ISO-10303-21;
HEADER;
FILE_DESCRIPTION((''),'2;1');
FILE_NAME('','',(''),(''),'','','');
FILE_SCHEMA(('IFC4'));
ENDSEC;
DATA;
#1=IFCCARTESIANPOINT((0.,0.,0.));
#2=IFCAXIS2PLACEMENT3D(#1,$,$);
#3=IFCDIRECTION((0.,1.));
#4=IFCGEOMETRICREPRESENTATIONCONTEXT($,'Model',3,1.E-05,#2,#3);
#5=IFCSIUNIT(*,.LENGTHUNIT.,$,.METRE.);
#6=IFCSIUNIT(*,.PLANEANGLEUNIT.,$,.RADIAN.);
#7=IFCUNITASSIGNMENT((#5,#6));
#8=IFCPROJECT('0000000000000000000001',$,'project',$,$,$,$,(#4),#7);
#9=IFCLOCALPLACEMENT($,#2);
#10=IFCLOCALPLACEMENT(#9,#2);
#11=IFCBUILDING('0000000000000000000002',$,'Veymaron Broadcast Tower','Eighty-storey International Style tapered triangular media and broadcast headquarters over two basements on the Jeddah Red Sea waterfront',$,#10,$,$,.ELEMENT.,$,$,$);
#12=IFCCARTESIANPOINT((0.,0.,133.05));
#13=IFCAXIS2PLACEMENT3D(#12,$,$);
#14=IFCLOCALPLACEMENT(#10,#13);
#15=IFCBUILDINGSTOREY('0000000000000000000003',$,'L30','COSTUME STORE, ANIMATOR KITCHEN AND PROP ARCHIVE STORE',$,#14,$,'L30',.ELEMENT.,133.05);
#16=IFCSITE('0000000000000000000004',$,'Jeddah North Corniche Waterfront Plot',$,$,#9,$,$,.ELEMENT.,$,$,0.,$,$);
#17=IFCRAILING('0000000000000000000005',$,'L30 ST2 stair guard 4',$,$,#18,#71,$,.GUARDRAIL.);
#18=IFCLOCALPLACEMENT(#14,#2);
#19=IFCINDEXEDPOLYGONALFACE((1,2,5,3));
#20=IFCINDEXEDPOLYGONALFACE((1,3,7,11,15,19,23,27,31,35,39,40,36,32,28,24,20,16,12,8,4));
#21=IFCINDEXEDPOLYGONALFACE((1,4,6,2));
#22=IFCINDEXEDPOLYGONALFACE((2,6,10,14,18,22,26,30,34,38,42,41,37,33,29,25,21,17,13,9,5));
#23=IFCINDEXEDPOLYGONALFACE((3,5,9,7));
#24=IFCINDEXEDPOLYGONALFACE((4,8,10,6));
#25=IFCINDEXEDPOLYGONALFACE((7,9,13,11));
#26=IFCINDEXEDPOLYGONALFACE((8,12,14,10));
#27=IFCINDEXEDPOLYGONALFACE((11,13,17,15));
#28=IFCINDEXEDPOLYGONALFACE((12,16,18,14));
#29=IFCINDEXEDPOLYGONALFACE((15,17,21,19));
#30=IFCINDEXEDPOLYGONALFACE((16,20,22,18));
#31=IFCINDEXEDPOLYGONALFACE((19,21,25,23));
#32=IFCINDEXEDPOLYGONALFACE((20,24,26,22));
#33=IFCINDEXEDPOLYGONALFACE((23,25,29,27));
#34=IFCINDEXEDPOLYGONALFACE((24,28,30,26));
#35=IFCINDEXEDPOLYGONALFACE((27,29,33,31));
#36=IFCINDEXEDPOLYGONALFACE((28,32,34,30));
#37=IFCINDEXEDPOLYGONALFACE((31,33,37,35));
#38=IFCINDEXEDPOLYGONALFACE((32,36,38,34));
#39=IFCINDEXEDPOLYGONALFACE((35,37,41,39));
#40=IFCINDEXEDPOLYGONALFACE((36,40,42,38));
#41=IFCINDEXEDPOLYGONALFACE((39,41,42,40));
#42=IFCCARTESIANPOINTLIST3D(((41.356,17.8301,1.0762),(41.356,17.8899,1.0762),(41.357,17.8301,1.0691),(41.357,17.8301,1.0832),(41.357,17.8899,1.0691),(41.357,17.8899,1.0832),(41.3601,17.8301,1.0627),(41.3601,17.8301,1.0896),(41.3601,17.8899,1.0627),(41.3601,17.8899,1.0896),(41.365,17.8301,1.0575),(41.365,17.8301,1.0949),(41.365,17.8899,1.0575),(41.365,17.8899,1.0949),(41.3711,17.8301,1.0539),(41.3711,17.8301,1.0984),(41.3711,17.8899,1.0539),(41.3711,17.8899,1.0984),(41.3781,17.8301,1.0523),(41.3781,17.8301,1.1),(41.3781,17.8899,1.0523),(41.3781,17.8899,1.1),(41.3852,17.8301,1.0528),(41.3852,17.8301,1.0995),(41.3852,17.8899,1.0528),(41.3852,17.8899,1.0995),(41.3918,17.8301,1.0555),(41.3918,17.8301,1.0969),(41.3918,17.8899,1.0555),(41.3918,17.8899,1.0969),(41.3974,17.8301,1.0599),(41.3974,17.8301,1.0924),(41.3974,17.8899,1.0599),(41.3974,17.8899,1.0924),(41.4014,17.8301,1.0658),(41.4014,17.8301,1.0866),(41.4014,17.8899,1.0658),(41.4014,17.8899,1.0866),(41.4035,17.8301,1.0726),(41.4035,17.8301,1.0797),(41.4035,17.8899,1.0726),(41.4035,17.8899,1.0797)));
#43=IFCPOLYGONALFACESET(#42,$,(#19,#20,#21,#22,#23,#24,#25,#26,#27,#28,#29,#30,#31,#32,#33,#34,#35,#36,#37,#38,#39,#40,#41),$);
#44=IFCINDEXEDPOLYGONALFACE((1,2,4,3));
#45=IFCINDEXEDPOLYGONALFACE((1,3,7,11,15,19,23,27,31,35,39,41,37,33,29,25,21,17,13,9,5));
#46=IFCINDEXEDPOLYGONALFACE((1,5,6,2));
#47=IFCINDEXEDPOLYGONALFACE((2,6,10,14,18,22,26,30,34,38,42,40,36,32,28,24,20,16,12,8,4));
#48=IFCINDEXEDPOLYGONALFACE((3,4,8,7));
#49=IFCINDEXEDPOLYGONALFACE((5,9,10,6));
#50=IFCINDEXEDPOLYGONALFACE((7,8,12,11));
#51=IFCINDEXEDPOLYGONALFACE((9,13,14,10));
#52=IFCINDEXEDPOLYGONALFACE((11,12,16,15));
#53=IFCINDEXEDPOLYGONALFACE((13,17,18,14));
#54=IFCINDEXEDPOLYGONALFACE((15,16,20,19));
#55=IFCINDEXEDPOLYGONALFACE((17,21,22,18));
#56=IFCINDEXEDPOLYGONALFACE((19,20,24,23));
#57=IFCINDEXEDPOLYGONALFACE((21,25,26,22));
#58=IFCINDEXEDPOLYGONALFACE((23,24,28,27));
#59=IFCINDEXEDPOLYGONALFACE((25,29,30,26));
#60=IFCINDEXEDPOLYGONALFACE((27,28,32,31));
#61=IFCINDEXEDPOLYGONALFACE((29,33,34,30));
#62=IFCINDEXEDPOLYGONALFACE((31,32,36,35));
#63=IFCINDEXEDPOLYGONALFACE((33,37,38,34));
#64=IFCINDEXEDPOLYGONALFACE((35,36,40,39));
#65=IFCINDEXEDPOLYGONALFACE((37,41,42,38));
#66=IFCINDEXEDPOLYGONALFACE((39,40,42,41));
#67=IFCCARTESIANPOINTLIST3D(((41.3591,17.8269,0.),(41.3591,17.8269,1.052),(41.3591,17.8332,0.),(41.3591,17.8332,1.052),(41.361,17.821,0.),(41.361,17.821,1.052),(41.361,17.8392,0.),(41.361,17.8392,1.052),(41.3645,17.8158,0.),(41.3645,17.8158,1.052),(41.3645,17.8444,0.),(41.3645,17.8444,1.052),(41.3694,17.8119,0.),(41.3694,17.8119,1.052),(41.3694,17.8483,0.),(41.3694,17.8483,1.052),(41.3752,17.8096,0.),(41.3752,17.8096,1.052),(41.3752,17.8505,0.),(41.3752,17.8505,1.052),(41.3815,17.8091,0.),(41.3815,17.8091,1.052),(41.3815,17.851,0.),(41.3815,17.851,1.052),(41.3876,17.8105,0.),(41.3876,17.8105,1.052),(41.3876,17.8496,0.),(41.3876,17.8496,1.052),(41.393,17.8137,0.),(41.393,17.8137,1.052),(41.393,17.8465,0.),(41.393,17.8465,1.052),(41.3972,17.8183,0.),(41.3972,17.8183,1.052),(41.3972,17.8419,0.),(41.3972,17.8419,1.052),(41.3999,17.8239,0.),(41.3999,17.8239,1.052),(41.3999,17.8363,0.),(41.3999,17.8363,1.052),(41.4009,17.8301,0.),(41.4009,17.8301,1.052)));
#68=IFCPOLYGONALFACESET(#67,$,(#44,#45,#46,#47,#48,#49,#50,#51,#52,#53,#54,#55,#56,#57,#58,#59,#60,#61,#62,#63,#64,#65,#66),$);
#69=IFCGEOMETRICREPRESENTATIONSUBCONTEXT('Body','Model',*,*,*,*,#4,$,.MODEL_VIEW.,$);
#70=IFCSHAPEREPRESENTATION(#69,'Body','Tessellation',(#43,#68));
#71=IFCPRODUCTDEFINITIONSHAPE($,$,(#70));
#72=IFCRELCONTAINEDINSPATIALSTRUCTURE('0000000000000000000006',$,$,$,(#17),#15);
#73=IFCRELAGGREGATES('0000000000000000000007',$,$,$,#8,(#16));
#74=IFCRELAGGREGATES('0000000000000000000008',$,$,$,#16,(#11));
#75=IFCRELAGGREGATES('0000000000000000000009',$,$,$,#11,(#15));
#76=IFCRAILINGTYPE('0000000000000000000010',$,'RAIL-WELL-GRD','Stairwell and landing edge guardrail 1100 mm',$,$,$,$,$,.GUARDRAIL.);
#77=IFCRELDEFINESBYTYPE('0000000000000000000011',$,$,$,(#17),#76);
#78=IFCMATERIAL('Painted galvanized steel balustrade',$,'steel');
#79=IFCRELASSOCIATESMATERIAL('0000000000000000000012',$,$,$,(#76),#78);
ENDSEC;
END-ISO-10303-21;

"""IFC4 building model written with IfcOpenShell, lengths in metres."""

from ifc_helpers import new_model, si_unit, direction, frame, origin, origin_2d, place, context, subcontext, project, spatial, circle, extrude, material, type_object, element, save


model = new_model("IFC4")

# Units and contexts
model_context = context("Model", 3, precision=1e-05, world=origin(), true_north=direction((0.0, 1.0)))
body_context = subcontext(model_context, "Body", "Model", "MODEL_VIEW")
ifc_project = project(units=[si_unit("LENGTHUNIT", "METRE"), si_unit("PLANEANGLEUNIT", "RADIAN")], contexts=[model_context])

# Site, building, storey
site_placement = place(None, origin())
site = spatial("IfcSite", under=ifc_project, at=site_placement, Name="Jeddah North Corniche Waterfront Plot", CompositionType="ELEMENT", RefElevation=0.0)
building_placement = place(site_placement, origin())
building = spatial("IfcBuilding", under=site, at=building_placement, Name="Veymaron Broadcast Tower", Description="Eighty-storey International Style tapered triangular media and broadcast headquarters over two basements on the Jeddah Red Sea waterfront", CompositionType="ELEMENT")
storey_placement = place(building_placement, frame((0.0, 0.0, 133.05)))
storey = spatial("IfcBuildingStorey", under=building, at=storey_placement, Name="L30", Description="COSTUME STORE, ANIMATOR KITCHEN AND PROP ARCHIVE STORE", LongName="L30", CompositionType="ELEMENT", Elevation=133.05)

# Railing
ifc_material_1 = material(Name="Painted galvanized steel balustrade", Category="steel")
railing_type_1 = type_object("IfcRailingType", Name="RAIL-WELL-GRD", Description="Stairwell and landing edge guardrail 1100 mm", PredefinedType="GUARDRAIL", material=ifc_material_1)
railing_1_placement = place(storey_placement, frame((41.3799, 17.8301, 0.0)))
element("IfcRailing", 1, at=railing_1_placement, inside=storey, type_object=railing_type_1, Name="L30 ST2 stair guard 4", PredefinedType="GUARDRAIL", context=body_context, shape_type="SweptSolid", body=[
    extrude(circle(Radius=0.0239, at=origin_2d()), frame((0.0, 0.0, 1.0762), z_axis=(0.0, 1.0, 0.0), x_axis=(-1.0, 0.0, 0.0)), (0.0, 0.0, 1.0), 0.0598),
    extrude(circle(Radius=0.021, at=origin_2d()), origin(), (0.0, 0.0, 1.0), 1.052),
])

save(model, "model.ifc")
